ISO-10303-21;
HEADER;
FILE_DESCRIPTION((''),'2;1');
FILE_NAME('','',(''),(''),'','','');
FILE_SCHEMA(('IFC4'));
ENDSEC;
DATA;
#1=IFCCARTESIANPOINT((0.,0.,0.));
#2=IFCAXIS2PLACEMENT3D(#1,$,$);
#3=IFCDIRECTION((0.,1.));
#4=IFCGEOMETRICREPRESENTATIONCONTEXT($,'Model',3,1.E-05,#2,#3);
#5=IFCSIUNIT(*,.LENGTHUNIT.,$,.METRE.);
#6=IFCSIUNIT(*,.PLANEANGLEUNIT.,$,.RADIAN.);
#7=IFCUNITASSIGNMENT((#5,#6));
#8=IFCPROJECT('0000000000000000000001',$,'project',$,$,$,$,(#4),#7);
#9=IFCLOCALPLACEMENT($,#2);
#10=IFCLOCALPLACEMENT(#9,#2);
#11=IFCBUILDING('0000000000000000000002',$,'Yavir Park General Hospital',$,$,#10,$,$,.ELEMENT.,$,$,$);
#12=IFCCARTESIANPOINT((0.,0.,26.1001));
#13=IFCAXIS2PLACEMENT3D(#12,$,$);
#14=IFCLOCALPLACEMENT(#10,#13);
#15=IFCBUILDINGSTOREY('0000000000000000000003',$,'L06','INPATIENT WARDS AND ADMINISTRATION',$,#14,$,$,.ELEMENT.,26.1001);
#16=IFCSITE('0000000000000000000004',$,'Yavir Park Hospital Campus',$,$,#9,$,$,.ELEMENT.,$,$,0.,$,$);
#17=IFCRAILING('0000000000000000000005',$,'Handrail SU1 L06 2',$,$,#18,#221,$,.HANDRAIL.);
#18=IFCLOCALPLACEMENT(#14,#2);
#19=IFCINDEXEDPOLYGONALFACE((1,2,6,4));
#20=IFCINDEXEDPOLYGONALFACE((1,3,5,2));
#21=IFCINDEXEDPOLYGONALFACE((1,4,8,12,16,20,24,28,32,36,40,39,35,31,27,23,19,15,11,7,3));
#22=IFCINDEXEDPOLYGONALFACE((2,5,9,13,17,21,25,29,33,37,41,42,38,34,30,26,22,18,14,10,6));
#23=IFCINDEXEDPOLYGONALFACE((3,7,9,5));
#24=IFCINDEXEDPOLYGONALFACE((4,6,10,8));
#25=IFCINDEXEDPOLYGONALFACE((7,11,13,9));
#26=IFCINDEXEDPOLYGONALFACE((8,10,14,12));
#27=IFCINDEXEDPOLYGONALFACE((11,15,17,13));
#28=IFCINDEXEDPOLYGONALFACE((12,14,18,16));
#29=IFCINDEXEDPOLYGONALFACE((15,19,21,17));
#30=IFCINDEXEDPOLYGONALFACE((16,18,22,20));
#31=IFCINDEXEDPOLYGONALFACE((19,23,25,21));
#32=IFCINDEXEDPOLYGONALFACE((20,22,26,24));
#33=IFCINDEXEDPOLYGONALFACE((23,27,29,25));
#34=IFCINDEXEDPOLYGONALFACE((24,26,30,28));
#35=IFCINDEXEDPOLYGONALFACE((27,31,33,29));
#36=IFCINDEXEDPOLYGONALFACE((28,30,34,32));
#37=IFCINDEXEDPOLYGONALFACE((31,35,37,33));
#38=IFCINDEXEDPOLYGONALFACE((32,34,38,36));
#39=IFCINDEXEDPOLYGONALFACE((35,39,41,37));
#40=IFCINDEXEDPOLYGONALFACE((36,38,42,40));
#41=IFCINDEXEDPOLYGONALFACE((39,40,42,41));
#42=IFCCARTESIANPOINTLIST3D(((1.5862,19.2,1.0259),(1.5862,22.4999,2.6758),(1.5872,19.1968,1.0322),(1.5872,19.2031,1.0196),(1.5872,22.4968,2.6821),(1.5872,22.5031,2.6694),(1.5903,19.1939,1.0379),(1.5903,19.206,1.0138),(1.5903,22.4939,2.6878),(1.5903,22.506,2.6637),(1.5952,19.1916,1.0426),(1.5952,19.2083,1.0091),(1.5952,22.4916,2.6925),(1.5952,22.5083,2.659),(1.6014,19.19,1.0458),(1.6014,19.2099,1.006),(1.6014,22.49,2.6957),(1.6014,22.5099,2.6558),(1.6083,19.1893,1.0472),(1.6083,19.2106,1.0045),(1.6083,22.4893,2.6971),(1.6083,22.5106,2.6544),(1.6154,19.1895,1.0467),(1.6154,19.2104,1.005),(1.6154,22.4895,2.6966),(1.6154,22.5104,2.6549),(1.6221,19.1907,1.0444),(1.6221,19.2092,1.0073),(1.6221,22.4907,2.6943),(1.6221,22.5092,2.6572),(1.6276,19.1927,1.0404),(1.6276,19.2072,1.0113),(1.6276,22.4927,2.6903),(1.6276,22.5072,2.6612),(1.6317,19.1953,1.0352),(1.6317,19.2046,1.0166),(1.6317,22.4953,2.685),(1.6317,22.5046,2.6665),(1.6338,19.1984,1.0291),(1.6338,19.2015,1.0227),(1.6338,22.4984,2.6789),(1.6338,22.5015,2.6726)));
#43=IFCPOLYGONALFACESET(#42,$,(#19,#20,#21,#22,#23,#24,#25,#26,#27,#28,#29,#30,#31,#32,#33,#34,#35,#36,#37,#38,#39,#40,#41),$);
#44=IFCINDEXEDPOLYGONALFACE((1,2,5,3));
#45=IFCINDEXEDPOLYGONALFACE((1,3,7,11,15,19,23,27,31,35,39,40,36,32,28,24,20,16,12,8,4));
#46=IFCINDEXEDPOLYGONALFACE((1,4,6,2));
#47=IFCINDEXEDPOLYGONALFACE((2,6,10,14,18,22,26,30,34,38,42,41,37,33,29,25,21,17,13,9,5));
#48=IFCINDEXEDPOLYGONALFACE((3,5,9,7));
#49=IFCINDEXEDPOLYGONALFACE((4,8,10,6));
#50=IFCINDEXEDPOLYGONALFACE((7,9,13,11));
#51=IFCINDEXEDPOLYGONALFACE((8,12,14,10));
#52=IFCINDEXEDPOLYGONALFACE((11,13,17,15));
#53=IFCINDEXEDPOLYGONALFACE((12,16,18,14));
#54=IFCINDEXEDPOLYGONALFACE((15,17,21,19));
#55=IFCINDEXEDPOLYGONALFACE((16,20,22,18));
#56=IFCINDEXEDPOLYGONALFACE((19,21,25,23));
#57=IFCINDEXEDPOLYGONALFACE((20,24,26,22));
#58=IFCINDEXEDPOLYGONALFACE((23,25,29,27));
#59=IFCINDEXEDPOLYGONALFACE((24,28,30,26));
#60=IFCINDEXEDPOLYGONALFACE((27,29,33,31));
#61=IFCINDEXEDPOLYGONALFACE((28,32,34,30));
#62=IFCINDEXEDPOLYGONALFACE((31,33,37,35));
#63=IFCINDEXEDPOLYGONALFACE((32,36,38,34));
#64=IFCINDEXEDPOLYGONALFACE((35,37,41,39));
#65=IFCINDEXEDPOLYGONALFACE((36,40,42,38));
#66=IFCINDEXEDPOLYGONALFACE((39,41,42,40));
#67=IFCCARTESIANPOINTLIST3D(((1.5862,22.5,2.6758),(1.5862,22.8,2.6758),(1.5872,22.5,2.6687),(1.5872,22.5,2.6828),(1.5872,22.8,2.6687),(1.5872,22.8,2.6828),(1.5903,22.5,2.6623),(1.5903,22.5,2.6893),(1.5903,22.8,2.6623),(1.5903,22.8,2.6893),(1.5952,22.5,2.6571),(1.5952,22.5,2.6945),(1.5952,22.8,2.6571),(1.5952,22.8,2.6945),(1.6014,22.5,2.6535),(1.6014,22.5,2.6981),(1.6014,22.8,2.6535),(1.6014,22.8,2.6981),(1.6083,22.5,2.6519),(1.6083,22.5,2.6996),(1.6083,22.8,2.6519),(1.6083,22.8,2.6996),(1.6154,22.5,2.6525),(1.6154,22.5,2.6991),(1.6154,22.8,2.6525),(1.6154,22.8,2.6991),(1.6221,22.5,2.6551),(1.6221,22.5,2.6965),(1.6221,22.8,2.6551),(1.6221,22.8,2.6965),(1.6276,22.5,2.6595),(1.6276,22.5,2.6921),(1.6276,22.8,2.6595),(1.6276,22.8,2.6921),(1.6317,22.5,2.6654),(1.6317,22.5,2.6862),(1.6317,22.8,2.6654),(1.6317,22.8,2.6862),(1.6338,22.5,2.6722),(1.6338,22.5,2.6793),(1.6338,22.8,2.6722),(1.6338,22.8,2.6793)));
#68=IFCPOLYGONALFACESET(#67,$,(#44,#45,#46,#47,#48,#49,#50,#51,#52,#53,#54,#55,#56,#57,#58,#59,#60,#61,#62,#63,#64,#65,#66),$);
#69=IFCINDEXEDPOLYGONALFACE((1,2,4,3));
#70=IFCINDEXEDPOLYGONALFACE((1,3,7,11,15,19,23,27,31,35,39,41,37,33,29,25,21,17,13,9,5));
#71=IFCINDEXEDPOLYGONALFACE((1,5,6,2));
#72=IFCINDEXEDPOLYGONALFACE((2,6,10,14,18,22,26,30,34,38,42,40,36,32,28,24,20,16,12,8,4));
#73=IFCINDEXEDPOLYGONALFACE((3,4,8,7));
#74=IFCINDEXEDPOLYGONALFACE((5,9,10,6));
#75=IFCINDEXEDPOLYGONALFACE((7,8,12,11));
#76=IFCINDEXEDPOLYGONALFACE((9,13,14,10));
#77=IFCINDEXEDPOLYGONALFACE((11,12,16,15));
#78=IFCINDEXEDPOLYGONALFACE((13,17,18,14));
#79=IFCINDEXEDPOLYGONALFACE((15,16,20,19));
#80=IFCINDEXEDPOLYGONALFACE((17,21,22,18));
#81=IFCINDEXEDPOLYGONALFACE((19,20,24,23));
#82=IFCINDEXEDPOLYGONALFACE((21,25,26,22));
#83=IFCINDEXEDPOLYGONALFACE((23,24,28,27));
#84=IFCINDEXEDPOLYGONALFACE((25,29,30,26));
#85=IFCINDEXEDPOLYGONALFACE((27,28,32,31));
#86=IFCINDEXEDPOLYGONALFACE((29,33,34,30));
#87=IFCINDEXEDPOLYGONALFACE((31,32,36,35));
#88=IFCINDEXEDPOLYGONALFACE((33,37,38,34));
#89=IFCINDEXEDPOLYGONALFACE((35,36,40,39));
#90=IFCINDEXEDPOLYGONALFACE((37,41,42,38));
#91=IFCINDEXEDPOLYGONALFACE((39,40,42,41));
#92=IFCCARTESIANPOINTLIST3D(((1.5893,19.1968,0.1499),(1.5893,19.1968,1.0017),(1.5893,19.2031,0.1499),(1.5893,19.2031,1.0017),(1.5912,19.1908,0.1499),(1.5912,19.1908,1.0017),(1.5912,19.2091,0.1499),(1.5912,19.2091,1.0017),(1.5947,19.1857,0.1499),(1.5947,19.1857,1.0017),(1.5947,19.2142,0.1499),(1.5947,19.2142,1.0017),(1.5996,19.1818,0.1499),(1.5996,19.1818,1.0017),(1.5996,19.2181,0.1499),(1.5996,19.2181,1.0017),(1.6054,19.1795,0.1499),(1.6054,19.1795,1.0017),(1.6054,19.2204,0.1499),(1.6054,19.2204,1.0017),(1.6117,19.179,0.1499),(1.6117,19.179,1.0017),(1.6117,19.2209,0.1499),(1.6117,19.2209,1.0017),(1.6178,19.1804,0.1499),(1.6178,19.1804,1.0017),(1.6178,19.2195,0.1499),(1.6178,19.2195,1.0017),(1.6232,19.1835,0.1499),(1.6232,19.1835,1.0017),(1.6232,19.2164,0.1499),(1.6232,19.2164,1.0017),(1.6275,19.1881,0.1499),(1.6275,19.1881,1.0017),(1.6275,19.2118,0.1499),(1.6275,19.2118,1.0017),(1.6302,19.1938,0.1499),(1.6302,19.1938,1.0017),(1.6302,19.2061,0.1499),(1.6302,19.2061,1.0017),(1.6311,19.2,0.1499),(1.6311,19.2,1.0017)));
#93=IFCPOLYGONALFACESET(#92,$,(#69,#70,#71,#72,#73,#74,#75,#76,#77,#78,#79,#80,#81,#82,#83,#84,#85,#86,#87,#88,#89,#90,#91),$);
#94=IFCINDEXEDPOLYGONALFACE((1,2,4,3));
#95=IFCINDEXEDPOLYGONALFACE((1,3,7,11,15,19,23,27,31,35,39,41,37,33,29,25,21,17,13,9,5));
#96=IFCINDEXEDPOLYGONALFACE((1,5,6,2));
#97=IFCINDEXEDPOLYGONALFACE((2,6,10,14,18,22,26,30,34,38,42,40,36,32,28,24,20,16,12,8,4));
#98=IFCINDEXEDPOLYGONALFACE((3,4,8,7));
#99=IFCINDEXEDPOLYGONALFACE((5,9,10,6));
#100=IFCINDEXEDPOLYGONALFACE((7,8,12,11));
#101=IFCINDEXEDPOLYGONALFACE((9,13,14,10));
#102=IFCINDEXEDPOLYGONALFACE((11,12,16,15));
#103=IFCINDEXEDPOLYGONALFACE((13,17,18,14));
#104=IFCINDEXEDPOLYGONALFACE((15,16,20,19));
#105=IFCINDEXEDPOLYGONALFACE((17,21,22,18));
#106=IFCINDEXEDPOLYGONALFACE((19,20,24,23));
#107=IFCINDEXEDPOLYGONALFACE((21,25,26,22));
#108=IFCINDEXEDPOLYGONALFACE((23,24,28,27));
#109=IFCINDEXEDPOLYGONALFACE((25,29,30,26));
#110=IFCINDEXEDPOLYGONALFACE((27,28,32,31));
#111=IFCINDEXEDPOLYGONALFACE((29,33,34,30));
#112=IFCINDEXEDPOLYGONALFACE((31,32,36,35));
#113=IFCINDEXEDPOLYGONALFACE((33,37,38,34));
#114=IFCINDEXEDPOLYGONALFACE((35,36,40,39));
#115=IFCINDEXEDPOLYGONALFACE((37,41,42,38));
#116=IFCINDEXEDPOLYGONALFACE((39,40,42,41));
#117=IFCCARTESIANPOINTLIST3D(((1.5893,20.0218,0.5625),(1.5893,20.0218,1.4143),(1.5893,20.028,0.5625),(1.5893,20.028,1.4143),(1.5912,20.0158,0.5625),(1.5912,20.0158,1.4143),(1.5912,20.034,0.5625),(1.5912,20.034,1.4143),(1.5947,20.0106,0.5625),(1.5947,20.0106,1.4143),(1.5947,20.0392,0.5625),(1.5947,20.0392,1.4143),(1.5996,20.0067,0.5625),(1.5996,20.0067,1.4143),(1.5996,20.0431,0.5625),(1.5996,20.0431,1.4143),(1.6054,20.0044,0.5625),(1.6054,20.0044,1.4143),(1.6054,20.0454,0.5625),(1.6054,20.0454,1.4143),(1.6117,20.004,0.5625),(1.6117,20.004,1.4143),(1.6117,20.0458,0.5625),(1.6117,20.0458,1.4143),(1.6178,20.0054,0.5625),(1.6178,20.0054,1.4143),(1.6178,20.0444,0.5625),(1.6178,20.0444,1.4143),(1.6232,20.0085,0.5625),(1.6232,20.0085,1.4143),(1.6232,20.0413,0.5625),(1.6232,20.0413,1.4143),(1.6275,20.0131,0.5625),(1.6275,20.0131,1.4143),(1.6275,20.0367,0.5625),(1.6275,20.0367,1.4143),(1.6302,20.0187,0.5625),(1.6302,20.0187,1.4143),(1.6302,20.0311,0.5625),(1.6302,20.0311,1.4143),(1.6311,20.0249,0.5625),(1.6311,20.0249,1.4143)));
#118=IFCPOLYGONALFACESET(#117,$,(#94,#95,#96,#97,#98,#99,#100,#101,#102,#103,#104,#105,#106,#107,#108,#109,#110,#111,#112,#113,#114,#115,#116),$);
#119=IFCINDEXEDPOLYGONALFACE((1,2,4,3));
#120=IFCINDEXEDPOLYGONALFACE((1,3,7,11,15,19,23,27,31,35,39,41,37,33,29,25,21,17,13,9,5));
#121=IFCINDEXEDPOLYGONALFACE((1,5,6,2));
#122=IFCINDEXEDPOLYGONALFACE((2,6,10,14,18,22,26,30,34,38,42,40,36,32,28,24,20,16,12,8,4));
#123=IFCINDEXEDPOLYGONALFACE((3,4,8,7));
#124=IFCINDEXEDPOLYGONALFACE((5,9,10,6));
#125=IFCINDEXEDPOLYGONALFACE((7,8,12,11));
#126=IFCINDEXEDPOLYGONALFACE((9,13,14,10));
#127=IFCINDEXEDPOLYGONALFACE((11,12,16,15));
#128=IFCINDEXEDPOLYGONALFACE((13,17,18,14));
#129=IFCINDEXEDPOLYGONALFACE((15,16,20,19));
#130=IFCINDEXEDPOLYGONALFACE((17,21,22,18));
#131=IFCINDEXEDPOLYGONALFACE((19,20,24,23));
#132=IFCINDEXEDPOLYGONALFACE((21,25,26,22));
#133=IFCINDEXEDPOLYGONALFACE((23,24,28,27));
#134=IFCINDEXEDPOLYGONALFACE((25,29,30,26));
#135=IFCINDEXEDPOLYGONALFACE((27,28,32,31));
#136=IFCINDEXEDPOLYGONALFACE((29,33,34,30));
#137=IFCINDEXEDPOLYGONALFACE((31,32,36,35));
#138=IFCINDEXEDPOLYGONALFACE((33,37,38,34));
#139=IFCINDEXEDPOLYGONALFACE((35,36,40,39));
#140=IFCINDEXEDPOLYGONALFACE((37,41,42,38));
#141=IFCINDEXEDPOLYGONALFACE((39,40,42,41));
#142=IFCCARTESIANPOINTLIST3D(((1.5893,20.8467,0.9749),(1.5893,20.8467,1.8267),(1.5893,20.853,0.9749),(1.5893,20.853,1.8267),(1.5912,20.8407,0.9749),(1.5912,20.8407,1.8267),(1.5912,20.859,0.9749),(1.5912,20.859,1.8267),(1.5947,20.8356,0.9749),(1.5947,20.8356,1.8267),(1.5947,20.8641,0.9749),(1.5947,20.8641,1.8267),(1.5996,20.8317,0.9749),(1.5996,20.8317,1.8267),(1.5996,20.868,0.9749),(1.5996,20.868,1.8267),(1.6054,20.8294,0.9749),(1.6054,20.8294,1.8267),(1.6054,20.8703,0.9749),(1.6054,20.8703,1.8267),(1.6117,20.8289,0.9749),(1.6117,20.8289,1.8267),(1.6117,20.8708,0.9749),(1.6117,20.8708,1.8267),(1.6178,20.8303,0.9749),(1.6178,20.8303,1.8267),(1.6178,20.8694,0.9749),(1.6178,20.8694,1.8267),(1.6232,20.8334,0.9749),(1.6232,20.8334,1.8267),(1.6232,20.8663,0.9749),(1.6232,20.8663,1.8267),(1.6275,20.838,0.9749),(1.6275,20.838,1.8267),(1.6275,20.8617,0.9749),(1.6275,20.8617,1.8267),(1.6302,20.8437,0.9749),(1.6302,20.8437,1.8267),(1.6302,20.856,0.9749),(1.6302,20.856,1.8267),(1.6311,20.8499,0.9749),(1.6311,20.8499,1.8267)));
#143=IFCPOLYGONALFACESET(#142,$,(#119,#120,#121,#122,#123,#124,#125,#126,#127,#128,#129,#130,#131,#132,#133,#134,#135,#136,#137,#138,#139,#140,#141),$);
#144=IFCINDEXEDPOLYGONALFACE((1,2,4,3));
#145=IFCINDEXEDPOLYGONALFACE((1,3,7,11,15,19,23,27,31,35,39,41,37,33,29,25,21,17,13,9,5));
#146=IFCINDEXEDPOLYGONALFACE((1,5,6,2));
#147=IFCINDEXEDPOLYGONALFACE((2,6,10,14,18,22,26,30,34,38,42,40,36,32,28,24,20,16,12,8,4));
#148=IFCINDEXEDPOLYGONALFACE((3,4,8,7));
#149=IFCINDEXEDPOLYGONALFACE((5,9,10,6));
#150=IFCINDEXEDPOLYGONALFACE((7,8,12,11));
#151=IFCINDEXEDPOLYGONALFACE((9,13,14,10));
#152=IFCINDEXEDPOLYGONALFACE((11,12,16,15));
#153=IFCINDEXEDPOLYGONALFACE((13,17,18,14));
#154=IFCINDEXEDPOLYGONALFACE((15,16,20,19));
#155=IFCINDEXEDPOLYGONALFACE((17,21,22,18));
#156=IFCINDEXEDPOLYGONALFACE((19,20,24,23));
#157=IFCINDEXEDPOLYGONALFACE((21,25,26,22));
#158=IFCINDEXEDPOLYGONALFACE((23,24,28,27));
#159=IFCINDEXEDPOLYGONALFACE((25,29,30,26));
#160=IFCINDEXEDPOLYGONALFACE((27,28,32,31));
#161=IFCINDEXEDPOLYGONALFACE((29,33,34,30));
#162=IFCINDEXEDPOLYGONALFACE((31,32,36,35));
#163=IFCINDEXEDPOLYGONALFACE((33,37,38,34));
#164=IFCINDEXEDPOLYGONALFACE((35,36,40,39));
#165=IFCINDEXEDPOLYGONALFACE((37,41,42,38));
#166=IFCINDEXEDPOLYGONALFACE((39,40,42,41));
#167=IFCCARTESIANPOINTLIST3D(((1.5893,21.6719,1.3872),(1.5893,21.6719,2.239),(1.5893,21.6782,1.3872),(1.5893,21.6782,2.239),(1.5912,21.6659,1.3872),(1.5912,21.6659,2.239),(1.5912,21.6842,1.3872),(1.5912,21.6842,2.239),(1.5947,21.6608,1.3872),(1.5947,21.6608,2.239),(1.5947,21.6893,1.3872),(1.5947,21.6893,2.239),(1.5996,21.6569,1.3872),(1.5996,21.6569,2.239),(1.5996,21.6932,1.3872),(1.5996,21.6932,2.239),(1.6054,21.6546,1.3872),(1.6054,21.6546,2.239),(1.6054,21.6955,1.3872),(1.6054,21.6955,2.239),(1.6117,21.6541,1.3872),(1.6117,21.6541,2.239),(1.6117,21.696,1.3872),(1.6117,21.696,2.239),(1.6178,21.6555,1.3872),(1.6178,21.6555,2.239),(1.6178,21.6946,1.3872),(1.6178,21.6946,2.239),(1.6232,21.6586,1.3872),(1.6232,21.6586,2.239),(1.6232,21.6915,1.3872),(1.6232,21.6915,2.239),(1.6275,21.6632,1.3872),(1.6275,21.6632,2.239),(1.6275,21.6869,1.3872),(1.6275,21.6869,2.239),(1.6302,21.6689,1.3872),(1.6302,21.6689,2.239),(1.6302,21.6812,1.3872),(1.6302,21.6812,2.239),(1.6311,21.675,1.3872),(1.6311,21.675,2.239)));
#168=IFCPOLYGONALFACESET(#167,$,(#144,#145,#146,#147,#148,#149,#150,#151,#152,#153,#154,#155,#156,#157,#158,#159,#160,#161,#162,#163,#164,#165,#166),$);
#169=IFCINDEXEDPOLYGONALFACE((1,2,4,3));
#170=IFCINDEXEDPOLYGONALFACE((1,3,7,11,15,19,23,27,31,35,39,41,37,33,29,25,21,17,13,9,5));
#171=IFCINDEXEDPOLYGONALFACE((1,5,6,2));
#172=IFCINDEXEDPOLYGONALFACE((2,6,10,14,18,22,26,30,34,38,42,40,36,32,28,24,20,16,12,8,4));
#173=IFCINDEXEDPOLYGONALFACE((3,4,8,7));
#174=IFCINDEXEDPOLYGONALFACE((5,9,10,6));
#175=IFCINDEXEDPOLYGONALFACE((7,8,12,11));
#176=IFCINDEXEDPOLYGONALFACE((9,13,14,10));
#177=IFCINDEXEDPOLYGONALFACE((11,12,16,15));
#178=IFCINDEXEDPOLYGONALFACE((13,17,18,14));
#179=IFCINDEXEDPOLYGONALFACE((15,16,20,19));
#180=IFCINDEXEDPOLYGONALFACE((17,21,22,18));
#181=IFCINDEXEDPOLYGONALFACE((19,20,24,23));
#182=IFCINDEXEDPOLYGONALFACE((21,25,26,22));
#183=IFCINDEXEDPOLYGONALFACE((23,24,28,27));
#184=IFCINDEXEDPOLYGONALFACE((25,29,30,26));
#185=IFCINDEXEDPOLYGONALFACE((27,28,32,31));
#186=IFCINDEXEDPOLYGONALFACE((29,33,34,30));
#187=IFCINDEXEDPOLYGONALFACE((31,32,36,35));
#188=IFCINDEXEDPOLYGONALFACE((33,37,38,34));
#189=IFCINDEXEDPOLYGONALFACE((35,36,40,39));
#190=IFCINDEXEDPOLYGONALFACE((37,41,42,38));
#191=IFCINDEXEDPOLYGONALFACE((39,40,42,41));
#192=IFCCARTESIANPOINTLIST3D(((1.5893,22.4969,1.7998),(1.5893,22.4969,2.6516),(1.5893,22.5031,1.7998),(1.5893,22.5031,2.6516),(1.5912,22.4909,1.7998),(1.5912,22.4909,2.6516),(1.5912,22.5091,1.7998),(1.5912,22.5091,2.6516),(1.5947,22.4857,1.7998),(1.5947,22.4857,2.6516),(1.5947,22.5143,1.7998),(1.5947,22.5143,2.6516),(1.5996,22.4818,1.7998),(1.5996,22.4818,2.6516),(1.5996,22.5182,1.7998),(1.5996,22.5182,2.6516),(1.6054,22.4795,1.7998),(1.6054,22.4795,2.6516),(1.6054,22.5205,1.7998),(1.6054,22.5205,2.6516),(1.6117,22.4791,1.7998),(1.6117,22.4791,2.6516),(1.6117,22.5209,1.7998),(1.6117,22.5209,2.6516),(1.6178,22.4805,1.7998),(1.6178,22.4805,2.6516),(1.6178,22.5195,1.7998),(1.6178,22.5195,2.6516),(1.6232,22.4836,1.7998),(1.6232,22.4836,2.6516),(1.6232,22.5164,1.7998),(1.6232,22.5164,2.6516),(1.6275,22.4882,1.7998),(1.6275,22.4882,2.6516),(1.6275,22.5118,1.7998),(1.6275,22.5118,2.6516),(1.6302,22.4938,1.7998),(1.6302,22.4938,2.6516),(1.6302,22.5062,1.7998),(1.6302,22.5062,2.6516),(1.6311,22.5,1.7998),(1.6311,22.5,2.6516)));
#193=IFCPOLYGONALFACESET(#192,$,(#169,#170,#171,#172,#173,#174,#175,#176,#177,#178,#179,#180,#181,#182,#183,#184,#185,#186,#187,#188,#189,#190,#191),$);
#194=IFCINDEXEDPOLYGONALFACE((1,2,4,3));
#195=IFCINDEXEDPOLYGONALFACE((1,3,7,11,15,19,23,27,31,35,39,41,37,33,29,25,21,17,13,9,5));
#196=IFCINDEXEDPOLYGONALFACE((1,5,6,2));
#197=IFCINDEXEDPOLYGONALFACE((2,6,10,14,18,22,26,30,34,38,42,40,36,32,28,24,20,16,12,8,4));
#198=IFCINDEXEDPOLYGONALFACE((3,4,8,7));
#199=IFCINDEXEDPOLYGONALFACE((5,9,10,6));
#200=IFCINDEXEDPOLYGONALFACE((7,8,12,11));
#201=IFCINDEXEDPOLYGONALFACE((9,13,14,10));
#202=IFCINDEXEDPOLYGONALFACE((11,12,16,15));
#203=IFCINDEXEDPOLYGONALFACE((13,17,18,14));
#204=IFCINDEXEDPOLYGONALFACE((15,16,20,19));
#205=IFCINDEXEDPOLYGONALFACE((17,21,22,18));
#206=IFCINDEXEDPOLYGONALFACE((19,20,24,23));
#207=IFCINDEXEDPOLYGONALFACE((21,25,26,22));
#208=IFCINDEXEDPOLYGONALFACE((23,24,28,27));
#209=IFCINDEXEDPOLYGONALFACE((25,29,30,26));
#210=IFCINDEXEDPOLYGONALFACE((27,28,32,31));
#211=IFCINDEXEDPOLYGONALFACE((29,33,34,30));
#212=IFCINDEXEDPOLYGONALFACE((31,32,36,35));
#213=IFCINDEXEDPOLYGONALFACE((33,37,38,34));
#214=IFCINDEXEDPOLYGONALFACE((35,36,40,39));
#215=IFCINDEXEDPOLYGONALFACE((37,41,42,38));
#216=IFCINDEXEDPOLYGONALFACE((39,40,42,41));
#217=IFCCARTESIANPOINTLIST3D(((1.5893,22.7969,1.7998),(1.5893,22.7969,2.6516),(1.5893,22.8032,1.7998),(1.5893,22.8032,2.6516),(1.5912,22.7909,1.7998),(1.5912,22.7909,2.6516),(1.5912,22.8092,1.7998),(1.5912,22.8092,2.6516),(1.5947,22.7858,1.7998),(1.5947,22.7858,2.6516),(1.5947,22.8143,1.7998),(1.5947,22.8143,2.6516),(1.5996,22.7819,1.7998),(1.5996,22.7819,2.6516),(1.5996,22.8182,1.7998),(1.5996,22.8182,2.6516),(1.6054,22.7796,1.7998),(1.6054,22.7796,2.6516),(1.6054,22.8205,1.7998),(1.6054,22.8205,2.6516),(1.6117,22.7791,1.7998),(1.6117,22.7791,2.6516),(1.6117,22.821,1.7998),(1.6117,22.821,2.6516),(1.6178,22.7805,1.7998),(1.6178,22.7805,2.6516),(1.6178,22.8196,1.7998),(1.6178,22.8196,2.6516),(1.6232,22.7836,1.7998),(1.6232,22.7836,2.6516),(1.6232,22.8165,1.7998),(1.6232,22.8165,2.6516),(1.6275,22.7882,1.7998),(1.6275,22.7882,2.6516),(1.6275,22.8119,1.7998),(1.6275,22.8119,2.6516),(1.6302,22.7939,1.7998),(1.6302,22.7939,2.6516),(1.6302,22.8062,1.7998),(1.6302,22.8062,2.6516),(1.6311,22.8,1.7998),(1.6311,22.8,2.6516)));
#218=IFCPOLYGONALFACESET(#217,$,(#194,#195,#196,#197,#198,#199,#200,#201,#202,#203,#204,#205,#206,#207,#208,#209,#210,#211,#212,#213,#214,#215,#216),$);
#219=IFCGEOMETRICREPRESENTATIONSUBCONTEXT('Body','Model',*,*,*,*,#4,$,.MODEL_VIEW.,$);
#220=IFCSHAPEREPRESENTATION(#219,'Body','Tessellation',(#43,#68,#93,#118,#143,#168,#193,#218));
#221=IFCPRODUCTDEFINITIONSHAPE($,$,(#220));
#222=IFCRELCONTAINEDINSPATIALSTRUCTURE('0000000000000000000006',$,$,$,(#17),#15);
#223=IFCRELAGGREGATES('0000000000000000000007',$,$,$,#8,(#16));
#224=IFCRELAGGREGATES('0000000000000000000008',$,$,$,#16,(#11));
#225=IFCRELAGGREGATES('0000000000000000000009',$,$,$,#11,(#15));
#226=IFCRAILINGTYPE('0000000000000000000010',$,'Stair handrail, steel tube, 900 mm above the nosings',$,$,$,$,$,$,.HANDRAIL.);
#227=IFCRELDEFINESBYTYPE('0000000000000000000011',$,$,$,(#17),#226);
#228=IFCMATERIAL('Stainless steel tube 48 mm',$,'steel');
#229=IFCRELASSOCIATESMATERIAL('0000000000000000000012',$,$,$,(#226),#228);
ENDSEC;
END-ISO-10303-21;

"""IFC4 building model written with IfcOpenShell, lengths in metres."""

from ifc_helpers import new_model, si_unit, direction, frame, origin, origin_2d, place, context, subcontext, project, spatial, circle, extrude, material, type_object, element, save


model = new_model("IFC4")

# Units and contexts
model_context = context("Model", 3, precision=1e-05, world=origin(), true_north=direction((0.0, 1.0)))
body_context = subcontext(model_context, "Body", "Model", "MODEL_VIEW")
ifc_project = project(units=[si_unit("LENGTHUNIT", "METRE"), si_unit("PLANEANGLEUNIT", "RADIAN")], contexts=[model_context])

# Site, building, storey
site_placement = place(None, origin())
site = spatial("IfcSite", under=ifc_project, at=site_placement, Name="Yavir Park Hospital Campus", CompositionType="ELEMENT", RefElevation=0.0)
building_placement = place(site_placement, origin())
building = spatial("IfcBuilding", under=site, at=building_placement, Name="Yavir Park General Hospital", CompositionType="ELEMENT")
storey_placement = place(building_placement, frame((0.0, 0.0, 26.1001)))
storey = spatial("IfcBuildingStorey", under=building, at=storey_placement, Name="L06", Description="INPATIENT WARDS AND ADMINISTRATION", CompositionType="ELEMENT", Elevation=26.1001)

# Railing
ifc_material_1 = material(Name="Stainless steel tube 48 mm", Category="steel")
railing_type = type_object("IfcRailingType", Name="Stair handrail, steel tube, 900 mm above the nosings", PredefinedType="HANDRAIL", material=ifc_material_1)
railing_placement = place(storey_placement, frame((1.6101, 19.2, 0.1499)))
element("IfcRailing", 1, at=railing_placement, inside=storey, type_object=railing_type, Name="Handrail SU1 L06 2", PredefinedType="HANDRAIL", context=body_context, shape_type="SweptSolid", body=[
    extrude(circle(Radius=0.0239, at=origin_2d()), frame((0.0, 0.0, 0.876), z_axis=(0.0, 0.89444, 0.447187), x_axis=(-1.0, 0.0, 0.0)), (0.0, 0.0, 1.0), 3.6895),
    extrude(circle(Radius=0.0239, at=origin_2d()), frame((0.0, 3.3, 2.5259), z_axis=(0.0, 1.0, 0.0), x_axis=(-1.0, 0.0, 0.0)), (0.0, 0.0, 1.0), 0.3),
    extrude(circle(Radius=0.021, at=origin_2d()), origin(), (0.0, 0.0, 1.0), 0.8518),
    extrude(circle(Radius=0.021, at=origin_2d()), frame((0.0, 0.825, 0.4126)), (0.0, 0.0, 1.0), 0.8518),
    extrude(circle(Radius=0.021, at=origin_2d()), frame((0.0, 1.6499, 0.825)), (0.0, 0.0, 1.0), 0.8518),
    extrude(circle(Radius=0.021, at=origin_2d()), frame((0.0, 2.4751, 1.2373)), (0.0, 0.0, 1.0), 0.8518),
    extrude(circle(Radius=0.021, at=origin_2d()), frame((0.0, 3.3, 1.6499)), (0.0, 0.0, 1.0), 0.8518),
    extrude(circle(Radius=0.021, at=origin_2d()), frame((0.0, 3.6001, 1.6499)), (0.0, 0.0, 1.0), 0.8518),
])

save(model, "model.ifc")
